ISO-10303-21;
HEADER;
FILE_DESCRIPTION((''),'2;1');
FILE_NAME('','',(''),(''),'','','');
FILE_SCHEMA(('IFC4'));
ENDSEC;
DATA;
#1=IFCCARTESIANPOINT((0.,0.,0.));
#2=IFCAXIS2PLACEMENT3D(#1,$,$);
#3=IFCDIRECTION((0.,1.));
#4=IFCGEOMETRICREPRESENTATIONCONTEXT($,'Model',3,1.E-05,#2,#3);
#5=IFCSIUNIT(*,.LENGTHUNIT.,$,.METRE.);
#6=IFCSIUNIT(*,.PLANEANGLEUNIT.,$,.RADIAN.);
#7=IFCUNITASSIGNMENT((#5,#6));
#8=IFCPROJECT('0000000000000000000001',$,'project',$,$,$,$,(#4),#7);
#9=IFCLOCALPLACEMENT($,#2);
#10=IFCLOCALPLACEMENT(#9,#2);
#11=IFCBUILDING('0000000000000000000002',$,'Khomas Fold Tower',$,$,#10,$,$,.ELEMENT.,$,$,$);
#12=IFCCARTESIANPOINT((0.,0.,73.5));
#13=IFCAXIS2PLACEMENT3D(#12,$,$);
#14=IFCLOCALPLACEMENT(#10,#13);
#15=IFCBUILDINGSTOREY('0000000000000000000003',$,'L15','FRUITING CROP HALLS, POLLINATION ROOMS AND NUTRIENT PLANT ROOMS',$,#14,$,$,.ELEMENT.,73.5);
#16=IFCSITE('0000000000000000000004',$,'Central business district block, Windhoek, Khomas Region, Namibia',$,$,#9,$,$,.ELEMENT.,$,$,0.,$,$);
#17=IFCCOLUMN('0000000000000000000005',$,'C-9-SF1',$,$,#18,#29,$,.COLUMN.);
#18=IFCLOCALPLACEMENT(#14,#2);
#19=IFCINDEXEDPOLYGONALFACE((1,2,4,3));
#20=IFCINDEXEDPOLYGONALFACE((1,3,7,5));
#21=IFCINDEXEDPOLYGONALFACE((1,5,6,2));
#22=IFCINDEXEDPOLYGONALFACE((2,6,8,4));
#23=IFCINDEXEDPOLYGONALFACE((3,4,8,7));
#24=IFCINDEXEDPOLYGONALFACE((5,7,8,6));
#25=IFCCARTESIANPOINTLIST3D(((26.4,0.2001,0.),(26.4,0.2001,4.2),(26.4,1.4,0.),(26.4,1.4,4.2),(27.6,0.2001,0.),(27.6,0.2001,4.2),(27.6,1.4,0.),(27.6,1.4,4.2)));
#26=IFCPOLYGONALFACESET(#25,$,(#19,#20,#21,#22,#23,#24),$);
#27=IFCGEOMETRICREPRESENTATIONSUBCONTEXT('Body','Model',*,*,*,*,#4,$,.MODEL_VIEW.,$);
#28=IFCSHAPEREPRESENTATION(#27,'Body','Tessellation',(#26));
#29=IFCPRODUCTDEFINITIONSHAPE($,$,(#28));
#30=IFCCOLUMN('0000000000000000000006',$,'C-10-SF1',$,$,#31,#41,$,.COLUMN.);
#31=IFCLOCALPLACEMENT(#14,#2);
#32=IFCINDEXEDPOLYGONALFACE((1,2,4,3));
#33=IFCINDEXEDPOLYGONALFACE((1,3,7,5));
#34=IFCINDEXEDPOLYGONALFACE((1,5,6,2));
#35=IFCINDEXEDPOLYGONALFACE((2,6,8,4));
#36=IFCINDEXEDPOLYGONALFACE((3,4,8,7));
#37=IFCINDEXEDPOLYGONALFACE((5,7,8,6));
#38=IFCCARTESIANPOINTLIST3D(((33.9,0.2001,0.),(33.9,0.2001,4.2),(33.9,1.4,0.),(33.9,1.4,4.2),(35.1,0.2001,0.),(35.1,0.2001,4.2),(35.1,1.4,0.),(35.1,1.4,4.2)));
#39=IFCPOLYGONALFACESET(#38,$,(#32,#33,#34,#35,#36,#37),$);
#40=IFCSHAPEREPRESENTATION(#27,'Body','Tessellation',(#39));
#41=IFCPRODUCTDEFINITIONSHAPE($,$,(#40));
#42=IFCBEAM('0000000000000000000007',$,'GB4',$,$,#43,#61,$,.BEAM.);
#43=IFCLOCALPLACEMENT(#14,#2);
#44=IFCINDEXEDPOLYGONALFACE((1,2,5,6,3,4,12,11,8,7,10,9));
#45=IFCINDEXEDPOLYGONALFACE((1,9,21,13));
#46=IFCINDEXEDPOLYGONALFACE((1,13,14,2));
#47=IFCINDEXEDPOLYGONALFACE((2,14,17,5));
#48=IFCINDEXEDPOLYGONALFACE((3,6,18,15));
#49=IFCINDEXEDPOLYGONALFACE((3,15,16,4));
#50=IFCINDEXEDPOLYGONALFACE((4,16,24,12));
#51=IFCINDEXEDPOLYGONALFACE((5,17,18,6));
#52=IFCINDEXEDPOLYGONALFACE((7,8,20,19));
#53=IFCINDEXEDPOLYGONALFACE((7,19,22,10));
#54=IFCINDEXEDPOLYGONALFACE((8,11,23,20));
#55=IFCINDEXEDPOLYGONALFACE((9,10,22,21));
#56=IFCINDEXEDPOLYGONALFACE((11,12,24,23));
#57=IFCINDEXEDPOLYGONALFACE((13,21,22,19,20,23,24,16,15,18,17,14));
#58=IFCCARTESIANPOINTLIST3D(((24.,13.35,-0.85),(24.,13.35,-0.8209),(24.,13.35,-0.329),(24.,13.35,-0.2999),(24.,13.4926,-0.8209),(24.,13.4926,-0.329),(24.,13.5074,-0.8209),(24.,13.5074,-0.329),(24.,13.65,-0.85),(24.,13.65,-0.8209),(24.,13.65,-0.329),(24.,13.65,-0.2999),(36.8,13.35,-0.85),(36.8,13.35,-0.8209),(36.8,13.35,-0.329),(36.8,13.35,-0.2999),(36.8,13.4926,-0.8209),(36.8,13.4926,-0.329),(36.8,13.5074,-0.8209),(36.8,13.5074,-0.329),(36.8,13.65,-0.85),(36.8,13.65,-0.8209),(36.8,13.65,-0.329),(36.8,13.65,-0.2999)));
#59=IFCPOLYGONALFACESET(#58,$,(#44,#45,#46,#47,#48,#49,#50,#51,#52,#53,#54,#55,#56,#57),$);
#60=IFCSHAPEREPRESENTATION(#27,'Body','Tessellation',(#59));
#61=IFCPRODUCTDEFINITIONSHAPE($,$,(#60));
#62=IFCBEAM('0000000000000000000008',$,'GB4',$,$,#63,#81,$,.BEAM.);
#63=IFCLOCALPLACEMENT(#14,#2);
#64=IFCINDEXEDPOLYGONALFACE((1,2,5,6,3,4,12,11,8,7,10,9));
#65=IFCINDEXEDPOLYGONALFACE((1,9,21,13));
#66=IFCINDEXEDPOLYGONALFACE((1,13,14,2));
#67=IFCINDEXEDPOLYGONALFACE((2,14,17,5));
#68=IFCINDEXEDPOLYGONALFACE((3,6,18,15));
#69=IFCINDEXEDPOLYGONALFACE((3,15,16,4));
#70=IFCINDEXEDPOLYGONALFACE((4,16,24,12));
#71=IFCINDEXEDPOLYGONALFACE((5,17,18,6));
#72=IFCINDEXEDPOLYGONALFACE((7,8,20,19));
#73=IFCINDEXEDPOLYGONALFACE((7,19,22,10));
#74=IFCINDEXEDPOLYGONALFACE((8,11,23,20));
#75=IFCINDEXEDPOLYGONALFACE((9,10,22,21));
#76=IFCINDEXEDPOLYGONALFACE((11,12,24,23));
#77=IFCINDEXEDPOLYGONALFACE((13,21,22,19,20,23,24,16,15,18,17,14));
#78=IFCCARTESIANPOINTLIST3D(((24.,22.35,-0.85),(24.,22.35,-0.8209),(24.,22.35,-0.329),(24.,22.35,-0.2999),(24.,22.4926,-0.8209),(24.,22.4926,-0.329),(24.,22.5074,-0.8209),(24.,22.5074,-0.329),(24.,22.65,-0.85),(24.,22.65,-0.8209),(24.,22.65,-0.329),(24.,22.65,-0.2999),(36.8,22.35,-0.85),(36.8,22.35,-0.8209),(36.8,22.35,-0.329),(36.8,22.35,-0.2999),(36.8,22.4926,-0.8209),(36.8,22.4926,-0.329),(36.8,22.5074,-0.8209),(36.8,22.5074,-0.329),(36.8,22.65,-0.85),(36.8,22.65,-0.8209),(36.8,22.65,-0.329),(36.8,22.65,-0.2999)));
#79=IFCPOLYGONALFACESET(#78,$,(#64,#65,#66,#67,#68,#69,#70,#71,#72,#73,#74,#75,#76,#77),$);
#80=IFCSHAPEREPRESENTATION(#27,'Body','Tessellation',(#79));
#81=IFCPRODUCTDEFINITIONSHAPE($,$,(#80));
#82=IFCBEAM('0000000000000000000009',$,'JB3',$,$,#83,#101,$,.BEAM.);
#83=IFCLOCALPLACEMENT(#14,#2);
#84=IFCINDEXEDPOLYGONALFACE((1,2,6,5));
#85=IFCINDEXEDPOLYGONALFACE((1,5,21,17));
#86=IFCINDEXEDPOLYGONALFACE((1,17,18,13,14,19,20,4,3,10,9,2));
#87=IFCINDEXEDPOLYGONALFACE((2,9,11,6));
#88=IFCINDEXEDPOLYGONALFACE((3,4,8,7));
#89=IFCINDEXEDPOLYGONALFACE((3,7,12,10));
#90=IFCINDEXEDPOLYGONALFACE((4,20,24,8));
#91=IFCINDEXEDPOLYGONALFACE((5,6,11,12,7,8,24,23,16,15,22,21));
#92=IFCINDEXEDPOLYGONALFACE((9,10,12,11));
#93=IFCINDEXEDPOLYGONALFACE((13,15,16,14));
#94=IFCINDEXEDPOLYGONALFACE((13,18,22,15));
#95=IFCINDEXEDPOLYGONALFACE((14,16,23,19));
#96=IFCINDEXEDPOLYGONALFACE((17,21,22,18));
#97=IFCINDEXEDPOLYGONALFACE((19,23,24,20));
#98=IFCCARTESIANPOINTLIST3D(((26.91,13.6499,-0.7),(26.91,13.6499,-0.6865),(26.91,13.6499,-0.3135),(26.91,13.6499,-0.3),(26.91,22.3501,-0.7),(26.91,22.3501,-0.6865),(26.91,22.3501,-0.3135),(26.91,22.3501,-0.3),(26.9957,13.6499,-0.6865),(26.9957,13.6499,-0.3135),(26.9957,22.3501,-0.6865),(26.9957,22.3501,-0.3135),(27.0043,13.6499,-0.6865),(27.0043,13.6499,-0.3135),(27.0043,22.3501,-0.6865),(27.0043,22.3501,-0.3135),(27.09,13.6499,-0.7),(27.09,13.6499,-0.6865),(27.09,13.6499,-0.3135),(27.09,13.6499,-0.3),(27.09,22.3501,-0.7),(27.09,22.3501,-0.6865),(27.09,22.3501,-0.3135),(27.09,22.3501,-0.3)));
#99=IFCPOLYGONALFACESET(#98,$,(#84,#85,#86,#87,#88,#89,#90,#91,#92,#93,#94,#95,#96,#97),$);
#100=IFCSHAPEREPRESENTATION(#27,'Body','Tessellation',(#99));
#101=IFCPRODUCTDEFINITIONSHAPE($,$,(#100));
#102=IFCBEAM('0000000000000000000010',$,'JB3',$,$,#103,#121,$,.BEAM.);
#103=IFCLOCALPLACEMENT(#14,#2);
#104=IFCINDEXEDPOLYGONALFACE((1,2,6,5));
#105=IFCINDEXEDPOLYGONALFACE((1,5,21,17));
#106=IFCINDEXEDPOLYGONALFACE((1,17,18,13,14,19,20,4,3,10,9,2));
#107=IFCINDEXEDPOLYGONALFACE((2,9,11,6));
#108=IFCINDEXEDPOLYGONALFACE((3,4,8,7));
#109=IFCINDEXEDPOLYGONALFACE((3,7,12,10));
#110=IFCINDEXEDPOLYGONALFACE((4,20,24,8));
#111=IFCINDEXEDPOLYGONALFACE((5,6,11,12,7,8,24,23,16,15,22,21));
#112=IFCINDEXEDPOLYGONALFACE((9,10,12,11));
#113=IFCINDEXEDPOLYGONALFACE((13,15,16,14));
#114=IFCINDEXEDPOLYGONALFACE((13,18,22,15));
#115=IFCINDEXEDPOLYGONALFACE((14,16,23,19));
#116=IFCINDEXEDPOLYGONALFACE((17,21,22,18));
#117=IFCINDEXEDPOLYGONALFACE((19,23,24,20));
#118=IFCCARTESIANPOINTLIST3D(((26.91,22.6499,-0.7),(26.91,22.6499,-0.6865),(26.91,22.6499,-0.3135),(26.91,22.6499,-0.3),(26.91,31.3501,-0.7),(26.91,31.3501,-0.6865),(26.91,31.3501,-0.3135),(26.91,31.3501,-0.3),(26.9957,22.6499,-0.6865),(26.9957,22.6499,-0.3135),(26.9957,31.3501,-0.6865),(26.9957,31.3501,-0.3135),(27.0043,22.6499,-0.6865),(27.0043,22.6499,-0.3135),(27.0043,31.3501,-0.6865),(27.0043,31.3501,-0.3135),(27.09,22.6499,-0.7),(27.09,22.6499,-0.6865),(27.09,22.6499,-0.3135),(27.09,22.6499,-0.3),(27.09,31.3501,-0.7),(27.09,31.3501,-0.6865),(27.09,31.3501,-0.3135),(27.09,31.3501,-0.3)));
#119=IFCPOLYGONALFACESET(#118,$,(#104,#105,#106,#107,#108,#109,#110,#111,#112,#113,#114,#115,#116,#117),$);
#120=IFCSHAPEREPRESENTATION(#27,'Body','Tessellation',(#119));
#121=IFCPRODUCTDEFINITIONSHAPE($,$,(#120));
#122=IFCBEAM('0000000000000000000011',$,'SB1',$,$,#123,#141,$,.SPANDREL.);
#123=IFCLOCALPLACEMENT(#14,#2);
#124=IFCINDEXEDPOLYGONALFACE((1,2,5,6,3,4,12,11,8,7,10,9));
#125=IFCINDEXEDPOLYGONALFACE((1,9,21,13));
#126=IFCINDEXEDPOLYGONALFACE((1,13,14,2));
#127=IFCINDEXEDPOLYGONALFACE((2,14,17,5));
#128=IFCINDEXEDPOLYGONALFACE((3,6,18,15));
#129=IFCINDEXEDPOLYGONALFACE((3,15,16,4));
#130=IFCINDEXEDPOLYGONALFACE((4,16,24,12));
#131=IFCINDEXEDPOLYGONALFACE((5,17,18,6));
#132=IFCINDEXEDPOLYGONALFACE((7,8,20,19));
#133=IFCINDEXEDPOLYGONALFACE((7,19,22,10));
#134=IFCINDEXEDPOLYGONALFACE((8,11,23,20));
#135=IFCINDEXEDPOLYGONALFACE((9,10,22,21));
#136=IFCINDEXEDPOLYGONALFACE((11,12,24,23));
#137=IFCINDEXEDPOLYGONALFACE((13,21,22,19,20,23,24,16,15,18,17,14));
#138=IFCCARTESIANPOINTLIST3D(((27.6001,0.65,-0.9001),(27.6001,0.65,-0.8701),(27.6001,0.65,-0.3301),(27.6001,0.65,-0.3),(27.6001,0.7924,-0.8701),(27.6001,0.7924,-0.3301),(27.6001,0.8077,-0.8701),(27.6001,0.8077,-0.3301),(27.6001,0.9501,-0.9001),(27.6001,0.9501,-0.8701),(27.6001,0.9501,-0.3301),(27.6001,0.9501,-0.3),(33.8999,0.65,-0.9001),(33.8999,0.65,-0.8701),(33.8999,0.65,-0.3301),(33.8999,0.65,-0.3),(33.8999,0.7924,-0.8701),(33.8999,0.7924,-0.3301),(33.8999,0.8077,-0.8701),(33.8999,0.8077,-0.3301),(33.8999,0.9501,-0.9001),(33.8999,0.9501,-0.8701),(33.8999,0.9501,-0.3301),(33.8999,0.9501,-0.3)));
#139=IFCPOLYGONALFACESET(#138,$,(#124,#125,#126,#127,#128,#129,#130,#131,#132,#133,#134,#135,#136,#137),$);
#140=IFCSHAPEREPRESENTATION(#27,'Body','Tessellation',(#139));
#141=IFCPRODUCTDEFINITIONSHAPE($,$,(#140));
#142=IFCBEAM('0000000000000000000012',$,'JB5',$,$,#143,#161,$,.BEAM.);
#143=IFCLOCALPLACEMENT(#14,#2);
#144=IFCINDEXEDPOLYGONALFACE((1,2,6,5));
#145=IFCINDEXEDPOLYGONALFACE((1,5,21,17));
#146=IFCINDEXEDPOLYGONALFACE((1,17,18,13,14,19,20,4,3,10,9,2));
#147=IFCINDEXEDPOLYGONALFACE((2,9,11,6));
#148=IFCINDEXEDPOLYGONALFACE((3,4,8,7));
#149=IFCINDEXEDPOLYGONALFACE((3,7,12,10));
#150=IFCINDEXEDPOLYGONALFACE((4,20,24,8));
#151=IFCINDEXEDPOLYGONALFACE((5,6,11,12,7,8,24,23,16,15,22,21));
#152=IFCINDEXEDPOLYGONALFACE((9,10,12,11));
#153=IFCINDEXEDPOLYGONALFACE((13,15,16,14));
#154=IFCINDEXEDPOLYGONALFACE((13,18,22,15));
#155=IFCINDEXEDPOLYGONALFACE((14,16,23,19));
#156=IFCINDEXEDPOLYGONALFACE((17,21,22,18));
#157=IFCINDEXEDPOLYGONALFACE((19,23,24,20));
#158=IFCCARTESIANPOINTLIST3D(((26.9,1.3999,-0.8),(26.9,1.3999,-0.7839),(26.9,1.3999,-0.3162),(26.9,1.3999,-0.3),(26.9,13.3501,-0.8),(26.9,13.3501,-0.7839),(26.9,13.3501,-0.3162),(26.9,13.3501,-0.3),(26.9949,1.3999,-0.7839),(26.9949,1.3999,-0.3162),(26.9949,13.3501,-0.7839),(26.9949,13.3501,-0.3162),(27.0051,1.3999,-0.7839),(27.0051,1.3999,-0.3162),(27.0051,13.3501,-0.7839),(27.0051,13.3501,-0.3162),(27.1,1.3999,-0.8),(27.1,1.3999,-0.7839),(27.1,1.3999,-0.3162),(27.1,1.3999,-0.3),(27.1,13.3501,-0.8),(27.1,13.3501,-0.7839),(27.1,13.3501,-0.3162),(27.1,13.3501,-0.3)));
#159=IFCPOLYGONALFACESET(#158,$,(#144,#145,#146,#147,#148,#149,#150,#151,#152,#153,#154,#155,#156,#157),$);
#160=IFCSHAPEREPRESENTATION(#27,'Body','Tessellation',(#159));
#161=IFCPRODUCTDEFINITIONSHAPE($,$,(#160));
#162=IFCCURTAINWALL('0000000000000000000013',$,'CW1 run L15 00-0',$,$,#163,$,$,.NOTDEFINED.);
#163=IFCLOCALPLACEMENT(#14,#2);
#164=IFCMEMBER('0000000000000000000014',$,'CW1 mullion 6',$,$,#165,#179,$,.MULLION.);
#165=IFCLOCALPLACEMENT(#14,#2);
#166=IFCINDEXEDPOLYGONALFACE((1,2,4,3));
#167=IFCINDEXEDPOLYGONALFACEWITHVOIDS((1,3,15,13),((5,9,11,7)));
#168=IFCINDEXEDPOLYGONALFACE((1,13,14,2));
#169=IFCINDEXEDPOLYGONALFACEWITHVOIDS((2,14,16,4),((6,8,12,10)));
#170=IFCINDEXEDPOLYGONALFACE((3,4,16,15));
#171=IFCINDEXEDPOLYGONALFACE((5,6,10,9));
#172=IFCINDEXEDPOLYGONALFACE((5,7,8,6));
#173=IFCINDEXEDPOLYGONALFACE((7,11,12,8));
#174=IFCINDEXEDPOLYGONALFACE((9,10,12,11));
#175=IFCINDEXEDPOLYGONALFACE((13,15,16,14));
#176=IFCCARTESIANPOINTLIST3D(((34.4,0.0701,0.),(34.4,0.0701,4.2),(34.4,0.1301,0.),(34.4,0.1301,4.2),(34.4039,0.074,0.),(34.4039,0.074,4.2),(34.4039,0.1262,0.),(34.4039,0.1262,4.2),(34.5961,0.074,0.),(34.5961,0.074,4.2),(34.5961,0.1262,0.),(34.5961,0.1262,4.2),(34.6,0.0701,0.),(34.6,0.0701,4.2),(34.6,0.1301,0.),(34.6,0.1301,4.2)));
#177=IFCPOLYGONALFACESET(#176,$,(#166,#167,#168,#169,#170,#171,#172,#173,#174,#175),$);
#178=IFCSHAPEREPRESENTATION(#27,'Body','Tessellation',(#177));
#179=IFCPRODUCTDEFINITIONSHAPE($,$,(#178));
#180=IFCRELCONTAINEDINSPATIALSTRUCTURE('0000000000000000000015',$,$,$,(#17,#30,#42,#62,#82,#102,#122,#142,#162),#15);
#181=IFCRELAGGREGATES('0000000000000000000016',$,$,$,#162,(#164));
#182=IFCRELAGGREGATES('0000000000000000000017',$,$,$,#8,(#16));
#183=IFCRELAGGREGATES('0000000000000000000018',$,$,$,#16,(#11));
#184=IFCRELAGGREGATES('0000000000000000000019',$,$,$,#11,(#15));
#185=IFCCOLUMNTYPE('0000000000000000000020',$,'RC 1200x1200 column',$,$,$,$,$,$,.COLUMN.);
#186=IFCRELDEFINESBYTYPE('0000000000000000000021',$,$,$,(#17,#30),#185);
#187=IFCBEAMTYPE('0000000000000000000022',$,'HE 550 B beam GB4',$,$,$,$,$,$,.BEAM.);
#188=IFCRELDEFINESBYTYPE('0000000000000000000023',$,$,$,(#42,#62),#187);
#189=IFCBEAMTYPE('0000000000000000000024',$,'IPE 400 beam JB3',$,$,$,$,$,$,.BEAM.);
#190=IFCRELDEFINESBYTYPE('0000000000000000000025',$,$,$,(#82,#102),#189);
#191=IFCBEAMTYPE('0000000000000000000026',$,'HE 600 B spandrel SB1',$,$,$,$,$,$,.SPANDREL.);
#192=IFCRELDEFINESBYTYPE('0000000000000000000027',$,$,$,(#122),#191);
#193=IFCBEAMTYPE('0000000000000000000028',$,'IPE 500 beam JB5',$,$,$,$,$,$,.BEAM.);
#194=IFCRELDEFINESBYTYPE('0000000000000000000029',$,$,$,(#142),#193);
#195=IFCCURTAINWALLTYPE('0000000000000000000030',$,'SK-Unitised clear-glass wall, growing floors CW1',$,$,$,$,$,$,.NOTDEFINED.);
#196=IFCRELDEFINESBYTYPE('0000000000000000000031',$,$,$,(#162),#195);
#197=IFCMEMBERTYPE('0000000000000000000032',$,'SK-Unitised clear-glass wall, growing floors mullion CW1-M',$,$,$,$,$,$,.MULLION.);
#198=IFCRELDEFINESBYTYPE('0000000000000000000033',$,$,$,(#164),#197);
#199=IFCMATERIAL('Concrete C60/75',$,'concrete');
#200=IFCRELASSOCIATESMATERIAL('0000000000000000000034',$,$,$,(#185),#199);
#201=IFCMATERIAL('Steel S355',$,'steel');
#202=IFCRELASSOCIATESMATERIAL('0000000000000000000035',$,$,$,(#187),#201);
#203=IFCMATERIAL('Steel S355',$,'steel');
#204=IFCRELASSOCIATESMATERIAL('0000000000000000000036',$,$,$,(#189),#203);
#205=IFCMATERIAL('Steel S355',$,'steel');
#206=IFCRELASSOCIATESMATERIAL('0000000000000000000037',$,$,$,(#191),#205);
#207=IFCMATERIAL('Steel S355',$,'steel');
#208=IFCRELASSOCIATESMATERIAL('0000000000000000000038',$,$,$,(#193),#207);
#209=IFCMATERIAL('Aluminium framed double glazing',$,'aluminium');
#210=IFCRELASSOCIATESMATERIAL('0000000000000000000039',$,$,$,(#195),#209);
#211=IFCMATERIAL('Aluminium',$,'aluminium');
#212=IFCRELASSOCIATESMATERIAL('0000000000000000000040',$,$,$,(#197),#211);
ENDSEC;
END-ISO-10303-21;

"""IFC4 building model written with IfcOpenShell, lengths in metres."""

from ifc_helpers import new_model, si_unit, direction, frame, origin, origin_2d, place, context, subcontext, project, spatial, rectangle, hollow_rectangle, i_section, extrude, source, transform, mapped, material, material_profile, profile_set, type_object, element, aggregate, save


model = new_model("IFC4")

# Units and contexts
model_context = context("Model", 3, precision=1e-05, world=origin(), true_north=direction((0.0, 1.0)))
body_context = subcontext(model_context, "Body", "Model", "MODEL_VIEW")
ifc_project = project(units=[si_unit("LENGTHUNIT", "METRE"), si_unit("PLANEANGLEUNIT", "RADIAN")], contexts=[model_context])

# Site, building, storey
site_placement = place(None, origin())
site = spatial("IfcSite", under=ifc_project, at=site_placement, Name="Central business district block, Windhoek, Khomas Region, Namibia", CompositionType="ELEMENT", RefElevation=0.0)
building_placement = place(site_placement, origin())
building = spatial("IfcBuilding", under=site, at=building_placement, Name="Khomas Fold Tower", CompositionType="ELEMENT")
storey_placement = place(building_placement, frame((0.0, 0.0, 73.5)))
storey = spatial("IfcBuildingStorey", under=building, at=storey_placement, Name="L15", Description="FRUITING CROP HALLS, POLLINATION ROOMS AND NUTRIENT PLANT ROOMS", CompositionType="ELEMENT", Elevation=73.5)

# Columns
ifc_material_1 = material(Name="Concrete C60/75", Category="concrete")
ifc_material_profile_1 = material_profile(ifc_material_1, rectangle(XDim=1.2, YDim=1.2, at=origin_2d()), Name="RC 1200x1200")
ifc_profile_set_1 = profile_set([ifc_material_profile_1], Name="Concrete C60/75")
column_type = type_object("IfcColumnType", Name="RC 1200x1200 column", PredefinedType="COLUMN", material=ifc_profile_set_1)
shared_shape_1 = source(origin(), body_context, "Body", "SweptSolid", [
    extrude(rectangle(XDim=1.2, YDim=1.2, at=origin_2d()), origin(), (0.0, 0.0, 1.0), 4.2),
])
for number, where, z_axis, x_axis, name in (
    (1, (27.0, 0.8, 0.0), (0.0, 0.0, 1.0), (1.0, 0.0, 0.0), "C-9-SF1"),
    (2, (34.5, 0.8, 0.0), (0.0, 0.0, 1.0), (1.0, 0.0, 0.0), "C-10-SF1"),
):
    element("IfcColumn", number, at=place(storey_placement, frame(where, z_axis=z_axis, x_axis=x_axis)), inside=storey, type_object=column_type, Name=name, PredefinedType="COLUMN", context=body_context, shape_type="MappedRepresentation", body=[
        mapped(shared_shape_1, transform((0.0, 0.0, 0.0))),
    ])

# Beams
ifc_material_2 = material(Name="Steel S355", Category="steel")
ifc_material_profile_2 = material_profile(ifc_material_2, i_section(OverallWidth=0.3, OverallDepth=0.55, WebThickness=0.0149, FlangeThickness=0.0291, at=origin_2d()), Name="HE 550 B")
ifc_profile_set_2 = profile_set([ifc_material_profile_2], Name="Steel S355")
beam_type_1 = type_object("IfcBeamType", Name="HE 550 B beam GB4", PredefinedType="BEAM", material=ifc_profile_set_2)
shared_shape_2 = source(origin(), body_context, "Body", "SweptSolid", [
    extrude(i_section(OverallWidth=0.3, OverallDepth=0.55, WebThickness=0.0149, FlangeThickness=0.0291, at=origin_2d()), origin(), (0.0, 0.0, 1.0), 12.8),
])
for number, where, z_axis, x_axis, name in (
    (3, (24.0, 13.5, -0.575), (1.0, 0.0, 0.0), (0.0, 1.0, 0.0), "GB4"),
    (4, (24.0, 22.5, -0.575), (1.0, 0.0, 0.0), (0.0, 1.0, 0.0), "GB4"),
):
    element("IfcBeam", number, at=place(storey_placement, frame(where, z_axis=z_axis, x_axis=x_axis)), inside=storey, type_object=beam_type_1, Name=name, PredefinedType="BEAM", context=body_context, shape_type="MappedRepresentation", body=[
        mapped(shared_shape_2, transform((0.0, 0.0, 0.0))),
    ])
ifc_material_3 = material(Name="Steel S355", Category="steel")
ifc_material_profile_3 = material_profile(ifc_material_3, i_section(OverallWidth=0.1799, OverallDepth=0.3999, WebThickness=0.0085, FlangeThickness=0.0134, at=origin_2d()), Name="IPE 400")
ifc_profile_set_3 = profile_set([ifc_material_profile_3], Name="Steel S355")
beam_type_2 = type_object("IfcBeamType", Name="IPE 400 beam JB3", PredefinedType="BEAM", material=ifc_profile_set_3)
shared_shape_3 = source(origin(), body_context, "Body", "SweptSolid", [
    extrude(i_section(OverallWidth=0.1799, OverallDepth=0.3999, WebThickness=0.0085, FlangeThickness=0.0134, at=origin_2d()), origin(), (0.0, 0.0, 1.0), 8.7002),
])
for number, where, z_axis, x_axis, name in (
    (5, (27.0, 13.6499, -0.5), (0.0, 1.0, 0.0), (-1.0, 0.0, 0.0), "JB3"),
    (6, (27.0, 22.6499, -0.5), (0.0, 1.0, 0.0), (-1.0, 0.0, 0.0), "JB3"),
):
    element("IfcBeam", number, at=place(storey_placement, frame(where, z_axis=z_axis, x_axis=x_axis)), inside=storey, type_object=beam_type_2, Name=name, PredefinedType="BEAM", context=body_context, shape_type="MappedRepresentation", body=[
        mapped(shared_shape_3, transform((0.0, 0.0, 0.0))),
    ])
ifc_material_4 = material(Name="Steel S355", Category="steel")
ifc_material_profile_4 = material_profile(ifc_material_4, i_section(OverallWidth=0.3, OverallDepth=0.6001, WebThickness=0.0154, FlangeThickness=0.03, at=origin_2d()), Name="HE 600 B")
ifc_profile_set_4 = profile_set([ifc_material_profile_4], Name="Steel S355")
beam_type_3 = type_object("IfcBeamType", Name="HE 600 B spandrel SB1", PredefinedType="SPANDREL", material=ifc_profile_set_4)
shared_shape_4 = source(origin(), body_context, "Body", "SweptSolid", [
    extrude(i_section(OverallWidth=0.3, OverallDepth=0.6001, WebThickness=0.0154, FlangeThickness=0.03, at=origin_2d()), origin(), (0.0, 0.0, 1.0), 6.2998),
])
beam_1_placement = place(storey_placement, frame((27.6001, 0.8, -0.6001), z_axis=(1.0, 0.0, 0.0), x_axis=(0.0, 1.0, 0.0)))
element("IfcBeam", 7, at=beam_1_placement, inside=storey, type_object=beam_type_3, Name="SB1", PredefinedType="SPANDREL", context=body_context, shape_type="MappedRepresentation", body=[
    mapped(shared_shape_4, transform((0.0, 0.0, 0.0))),
])
ifc_material_5 = material(Name="Steel S355", Category="steel")
ifc_material_profile_5 = material_profile(ifc_material_5, i_section(OverallWidth=0.2, OverallDepth=0.5, WebThickness=0.0103, FlangeThickness=0.0161, at=origin_2d()), Name="IPE 500")
ifc_profile_set_5 = profile_set([ifc_material_profile_5], Name="Steel S355")
beam_type_4 = type_object("IfcBeamType", Name="IPE 500 beam JB5", PredefinedType="BEAM", material=ifc_profile_set_5)
shared_shape_5 = source(origin(), body_context, "Body", "SweptSolid", [
    extrude(i_section(OverallWidth=0.2, OverallDepth=0.5, WebThickness=0.0103, FlangeThickness=0.0161, at=origin_2d()), origin(), (0.0, 0.0, 1.0), 11.9502),
])
beam_2_placement = place(storey_placement, frame((27.0, 1.3999, -0.55), z_axis=(0.0, 1.0, 0.0), x_axis=(-1.0, 0.0, 0.0)))
element("IfcBeam", 8, at=beam_2_placement, inside=storey, type_object=beam_type_4, Name="JB5", PredefinedType="BEAM", context=body_context, shape_type="MappedRepresentation", body=[
    mapped(shared_shape_5, transform((0.0, 0.0, 0.0))),
])

# Curtain wall, member
ifc_material_6 = material(Name="Aluminium framed double glazing", Category="aluminium")
curtain_wall_type = type_object("IfcCurtainWallType", Name="SK-Unitised clear-glass wall, growing floors CW1", PredefinedType="NOTDEFINED", material=ifc_material_6)
curtain_wall_placement = place(storey_placement, origin())
curtain_wall = element("IfcCurtainWall", 9, at=curtain_wall_placement, inside=storey, type_object=curtain_wall_type, Name="CW1 run L15 00-0", PredefinedType="NOTDEFINED")
ifc_material_7 = material(Name="Aluminium", Category="aluminium")
ifc_material_profile_6 = material_profile(ifc_material_7, hollow_rectangle(XDim=0.0601, YDim=0.2, WallThickness=0.0039, at=origin_2d()), Name="SK-Unitised clear-glass wall, growing floors mullion CW1-M")
ifc_profile_set_6 = profile_set([ifc_material_profile_6], Name="Aluminium")
member_type = type_object("IfcMemberType", Name="SK-Unitised clear-glass wall, growing floors mullion CW1-M", PredefinedType="MULLION", material=ifc_profile_set_6)
shared_shape_6 = source(origin(), body_context, "Body", "SweptSolid", [
    extrude(hollow_rectangle(XDim=0.0601, YDim=0.2, WallThickness=0.0039, at=origin_2d()), origin(), (0.0, 0.0, 1.0), 4.2),
])
member_placement = place(storey_placement, frame((34.5, 0.1001, 0.0), z_axis=(0.0, 0.0, 1.0), x_axis=(0.0, 1.0, 0.0)))
member = element("IfcMember", 10, at=member_placement, type_object=member_type, Name="CW1 mullion 6", PredefinedType="MULLION", context=body_context, shape_type="MappedRepresentation", body=[
    mapped(shared_shape_6, transform((0.0, 0.0, 0.0))),
])
aggregate(curtain_wall, [member])

save(model, "model.ifc")
